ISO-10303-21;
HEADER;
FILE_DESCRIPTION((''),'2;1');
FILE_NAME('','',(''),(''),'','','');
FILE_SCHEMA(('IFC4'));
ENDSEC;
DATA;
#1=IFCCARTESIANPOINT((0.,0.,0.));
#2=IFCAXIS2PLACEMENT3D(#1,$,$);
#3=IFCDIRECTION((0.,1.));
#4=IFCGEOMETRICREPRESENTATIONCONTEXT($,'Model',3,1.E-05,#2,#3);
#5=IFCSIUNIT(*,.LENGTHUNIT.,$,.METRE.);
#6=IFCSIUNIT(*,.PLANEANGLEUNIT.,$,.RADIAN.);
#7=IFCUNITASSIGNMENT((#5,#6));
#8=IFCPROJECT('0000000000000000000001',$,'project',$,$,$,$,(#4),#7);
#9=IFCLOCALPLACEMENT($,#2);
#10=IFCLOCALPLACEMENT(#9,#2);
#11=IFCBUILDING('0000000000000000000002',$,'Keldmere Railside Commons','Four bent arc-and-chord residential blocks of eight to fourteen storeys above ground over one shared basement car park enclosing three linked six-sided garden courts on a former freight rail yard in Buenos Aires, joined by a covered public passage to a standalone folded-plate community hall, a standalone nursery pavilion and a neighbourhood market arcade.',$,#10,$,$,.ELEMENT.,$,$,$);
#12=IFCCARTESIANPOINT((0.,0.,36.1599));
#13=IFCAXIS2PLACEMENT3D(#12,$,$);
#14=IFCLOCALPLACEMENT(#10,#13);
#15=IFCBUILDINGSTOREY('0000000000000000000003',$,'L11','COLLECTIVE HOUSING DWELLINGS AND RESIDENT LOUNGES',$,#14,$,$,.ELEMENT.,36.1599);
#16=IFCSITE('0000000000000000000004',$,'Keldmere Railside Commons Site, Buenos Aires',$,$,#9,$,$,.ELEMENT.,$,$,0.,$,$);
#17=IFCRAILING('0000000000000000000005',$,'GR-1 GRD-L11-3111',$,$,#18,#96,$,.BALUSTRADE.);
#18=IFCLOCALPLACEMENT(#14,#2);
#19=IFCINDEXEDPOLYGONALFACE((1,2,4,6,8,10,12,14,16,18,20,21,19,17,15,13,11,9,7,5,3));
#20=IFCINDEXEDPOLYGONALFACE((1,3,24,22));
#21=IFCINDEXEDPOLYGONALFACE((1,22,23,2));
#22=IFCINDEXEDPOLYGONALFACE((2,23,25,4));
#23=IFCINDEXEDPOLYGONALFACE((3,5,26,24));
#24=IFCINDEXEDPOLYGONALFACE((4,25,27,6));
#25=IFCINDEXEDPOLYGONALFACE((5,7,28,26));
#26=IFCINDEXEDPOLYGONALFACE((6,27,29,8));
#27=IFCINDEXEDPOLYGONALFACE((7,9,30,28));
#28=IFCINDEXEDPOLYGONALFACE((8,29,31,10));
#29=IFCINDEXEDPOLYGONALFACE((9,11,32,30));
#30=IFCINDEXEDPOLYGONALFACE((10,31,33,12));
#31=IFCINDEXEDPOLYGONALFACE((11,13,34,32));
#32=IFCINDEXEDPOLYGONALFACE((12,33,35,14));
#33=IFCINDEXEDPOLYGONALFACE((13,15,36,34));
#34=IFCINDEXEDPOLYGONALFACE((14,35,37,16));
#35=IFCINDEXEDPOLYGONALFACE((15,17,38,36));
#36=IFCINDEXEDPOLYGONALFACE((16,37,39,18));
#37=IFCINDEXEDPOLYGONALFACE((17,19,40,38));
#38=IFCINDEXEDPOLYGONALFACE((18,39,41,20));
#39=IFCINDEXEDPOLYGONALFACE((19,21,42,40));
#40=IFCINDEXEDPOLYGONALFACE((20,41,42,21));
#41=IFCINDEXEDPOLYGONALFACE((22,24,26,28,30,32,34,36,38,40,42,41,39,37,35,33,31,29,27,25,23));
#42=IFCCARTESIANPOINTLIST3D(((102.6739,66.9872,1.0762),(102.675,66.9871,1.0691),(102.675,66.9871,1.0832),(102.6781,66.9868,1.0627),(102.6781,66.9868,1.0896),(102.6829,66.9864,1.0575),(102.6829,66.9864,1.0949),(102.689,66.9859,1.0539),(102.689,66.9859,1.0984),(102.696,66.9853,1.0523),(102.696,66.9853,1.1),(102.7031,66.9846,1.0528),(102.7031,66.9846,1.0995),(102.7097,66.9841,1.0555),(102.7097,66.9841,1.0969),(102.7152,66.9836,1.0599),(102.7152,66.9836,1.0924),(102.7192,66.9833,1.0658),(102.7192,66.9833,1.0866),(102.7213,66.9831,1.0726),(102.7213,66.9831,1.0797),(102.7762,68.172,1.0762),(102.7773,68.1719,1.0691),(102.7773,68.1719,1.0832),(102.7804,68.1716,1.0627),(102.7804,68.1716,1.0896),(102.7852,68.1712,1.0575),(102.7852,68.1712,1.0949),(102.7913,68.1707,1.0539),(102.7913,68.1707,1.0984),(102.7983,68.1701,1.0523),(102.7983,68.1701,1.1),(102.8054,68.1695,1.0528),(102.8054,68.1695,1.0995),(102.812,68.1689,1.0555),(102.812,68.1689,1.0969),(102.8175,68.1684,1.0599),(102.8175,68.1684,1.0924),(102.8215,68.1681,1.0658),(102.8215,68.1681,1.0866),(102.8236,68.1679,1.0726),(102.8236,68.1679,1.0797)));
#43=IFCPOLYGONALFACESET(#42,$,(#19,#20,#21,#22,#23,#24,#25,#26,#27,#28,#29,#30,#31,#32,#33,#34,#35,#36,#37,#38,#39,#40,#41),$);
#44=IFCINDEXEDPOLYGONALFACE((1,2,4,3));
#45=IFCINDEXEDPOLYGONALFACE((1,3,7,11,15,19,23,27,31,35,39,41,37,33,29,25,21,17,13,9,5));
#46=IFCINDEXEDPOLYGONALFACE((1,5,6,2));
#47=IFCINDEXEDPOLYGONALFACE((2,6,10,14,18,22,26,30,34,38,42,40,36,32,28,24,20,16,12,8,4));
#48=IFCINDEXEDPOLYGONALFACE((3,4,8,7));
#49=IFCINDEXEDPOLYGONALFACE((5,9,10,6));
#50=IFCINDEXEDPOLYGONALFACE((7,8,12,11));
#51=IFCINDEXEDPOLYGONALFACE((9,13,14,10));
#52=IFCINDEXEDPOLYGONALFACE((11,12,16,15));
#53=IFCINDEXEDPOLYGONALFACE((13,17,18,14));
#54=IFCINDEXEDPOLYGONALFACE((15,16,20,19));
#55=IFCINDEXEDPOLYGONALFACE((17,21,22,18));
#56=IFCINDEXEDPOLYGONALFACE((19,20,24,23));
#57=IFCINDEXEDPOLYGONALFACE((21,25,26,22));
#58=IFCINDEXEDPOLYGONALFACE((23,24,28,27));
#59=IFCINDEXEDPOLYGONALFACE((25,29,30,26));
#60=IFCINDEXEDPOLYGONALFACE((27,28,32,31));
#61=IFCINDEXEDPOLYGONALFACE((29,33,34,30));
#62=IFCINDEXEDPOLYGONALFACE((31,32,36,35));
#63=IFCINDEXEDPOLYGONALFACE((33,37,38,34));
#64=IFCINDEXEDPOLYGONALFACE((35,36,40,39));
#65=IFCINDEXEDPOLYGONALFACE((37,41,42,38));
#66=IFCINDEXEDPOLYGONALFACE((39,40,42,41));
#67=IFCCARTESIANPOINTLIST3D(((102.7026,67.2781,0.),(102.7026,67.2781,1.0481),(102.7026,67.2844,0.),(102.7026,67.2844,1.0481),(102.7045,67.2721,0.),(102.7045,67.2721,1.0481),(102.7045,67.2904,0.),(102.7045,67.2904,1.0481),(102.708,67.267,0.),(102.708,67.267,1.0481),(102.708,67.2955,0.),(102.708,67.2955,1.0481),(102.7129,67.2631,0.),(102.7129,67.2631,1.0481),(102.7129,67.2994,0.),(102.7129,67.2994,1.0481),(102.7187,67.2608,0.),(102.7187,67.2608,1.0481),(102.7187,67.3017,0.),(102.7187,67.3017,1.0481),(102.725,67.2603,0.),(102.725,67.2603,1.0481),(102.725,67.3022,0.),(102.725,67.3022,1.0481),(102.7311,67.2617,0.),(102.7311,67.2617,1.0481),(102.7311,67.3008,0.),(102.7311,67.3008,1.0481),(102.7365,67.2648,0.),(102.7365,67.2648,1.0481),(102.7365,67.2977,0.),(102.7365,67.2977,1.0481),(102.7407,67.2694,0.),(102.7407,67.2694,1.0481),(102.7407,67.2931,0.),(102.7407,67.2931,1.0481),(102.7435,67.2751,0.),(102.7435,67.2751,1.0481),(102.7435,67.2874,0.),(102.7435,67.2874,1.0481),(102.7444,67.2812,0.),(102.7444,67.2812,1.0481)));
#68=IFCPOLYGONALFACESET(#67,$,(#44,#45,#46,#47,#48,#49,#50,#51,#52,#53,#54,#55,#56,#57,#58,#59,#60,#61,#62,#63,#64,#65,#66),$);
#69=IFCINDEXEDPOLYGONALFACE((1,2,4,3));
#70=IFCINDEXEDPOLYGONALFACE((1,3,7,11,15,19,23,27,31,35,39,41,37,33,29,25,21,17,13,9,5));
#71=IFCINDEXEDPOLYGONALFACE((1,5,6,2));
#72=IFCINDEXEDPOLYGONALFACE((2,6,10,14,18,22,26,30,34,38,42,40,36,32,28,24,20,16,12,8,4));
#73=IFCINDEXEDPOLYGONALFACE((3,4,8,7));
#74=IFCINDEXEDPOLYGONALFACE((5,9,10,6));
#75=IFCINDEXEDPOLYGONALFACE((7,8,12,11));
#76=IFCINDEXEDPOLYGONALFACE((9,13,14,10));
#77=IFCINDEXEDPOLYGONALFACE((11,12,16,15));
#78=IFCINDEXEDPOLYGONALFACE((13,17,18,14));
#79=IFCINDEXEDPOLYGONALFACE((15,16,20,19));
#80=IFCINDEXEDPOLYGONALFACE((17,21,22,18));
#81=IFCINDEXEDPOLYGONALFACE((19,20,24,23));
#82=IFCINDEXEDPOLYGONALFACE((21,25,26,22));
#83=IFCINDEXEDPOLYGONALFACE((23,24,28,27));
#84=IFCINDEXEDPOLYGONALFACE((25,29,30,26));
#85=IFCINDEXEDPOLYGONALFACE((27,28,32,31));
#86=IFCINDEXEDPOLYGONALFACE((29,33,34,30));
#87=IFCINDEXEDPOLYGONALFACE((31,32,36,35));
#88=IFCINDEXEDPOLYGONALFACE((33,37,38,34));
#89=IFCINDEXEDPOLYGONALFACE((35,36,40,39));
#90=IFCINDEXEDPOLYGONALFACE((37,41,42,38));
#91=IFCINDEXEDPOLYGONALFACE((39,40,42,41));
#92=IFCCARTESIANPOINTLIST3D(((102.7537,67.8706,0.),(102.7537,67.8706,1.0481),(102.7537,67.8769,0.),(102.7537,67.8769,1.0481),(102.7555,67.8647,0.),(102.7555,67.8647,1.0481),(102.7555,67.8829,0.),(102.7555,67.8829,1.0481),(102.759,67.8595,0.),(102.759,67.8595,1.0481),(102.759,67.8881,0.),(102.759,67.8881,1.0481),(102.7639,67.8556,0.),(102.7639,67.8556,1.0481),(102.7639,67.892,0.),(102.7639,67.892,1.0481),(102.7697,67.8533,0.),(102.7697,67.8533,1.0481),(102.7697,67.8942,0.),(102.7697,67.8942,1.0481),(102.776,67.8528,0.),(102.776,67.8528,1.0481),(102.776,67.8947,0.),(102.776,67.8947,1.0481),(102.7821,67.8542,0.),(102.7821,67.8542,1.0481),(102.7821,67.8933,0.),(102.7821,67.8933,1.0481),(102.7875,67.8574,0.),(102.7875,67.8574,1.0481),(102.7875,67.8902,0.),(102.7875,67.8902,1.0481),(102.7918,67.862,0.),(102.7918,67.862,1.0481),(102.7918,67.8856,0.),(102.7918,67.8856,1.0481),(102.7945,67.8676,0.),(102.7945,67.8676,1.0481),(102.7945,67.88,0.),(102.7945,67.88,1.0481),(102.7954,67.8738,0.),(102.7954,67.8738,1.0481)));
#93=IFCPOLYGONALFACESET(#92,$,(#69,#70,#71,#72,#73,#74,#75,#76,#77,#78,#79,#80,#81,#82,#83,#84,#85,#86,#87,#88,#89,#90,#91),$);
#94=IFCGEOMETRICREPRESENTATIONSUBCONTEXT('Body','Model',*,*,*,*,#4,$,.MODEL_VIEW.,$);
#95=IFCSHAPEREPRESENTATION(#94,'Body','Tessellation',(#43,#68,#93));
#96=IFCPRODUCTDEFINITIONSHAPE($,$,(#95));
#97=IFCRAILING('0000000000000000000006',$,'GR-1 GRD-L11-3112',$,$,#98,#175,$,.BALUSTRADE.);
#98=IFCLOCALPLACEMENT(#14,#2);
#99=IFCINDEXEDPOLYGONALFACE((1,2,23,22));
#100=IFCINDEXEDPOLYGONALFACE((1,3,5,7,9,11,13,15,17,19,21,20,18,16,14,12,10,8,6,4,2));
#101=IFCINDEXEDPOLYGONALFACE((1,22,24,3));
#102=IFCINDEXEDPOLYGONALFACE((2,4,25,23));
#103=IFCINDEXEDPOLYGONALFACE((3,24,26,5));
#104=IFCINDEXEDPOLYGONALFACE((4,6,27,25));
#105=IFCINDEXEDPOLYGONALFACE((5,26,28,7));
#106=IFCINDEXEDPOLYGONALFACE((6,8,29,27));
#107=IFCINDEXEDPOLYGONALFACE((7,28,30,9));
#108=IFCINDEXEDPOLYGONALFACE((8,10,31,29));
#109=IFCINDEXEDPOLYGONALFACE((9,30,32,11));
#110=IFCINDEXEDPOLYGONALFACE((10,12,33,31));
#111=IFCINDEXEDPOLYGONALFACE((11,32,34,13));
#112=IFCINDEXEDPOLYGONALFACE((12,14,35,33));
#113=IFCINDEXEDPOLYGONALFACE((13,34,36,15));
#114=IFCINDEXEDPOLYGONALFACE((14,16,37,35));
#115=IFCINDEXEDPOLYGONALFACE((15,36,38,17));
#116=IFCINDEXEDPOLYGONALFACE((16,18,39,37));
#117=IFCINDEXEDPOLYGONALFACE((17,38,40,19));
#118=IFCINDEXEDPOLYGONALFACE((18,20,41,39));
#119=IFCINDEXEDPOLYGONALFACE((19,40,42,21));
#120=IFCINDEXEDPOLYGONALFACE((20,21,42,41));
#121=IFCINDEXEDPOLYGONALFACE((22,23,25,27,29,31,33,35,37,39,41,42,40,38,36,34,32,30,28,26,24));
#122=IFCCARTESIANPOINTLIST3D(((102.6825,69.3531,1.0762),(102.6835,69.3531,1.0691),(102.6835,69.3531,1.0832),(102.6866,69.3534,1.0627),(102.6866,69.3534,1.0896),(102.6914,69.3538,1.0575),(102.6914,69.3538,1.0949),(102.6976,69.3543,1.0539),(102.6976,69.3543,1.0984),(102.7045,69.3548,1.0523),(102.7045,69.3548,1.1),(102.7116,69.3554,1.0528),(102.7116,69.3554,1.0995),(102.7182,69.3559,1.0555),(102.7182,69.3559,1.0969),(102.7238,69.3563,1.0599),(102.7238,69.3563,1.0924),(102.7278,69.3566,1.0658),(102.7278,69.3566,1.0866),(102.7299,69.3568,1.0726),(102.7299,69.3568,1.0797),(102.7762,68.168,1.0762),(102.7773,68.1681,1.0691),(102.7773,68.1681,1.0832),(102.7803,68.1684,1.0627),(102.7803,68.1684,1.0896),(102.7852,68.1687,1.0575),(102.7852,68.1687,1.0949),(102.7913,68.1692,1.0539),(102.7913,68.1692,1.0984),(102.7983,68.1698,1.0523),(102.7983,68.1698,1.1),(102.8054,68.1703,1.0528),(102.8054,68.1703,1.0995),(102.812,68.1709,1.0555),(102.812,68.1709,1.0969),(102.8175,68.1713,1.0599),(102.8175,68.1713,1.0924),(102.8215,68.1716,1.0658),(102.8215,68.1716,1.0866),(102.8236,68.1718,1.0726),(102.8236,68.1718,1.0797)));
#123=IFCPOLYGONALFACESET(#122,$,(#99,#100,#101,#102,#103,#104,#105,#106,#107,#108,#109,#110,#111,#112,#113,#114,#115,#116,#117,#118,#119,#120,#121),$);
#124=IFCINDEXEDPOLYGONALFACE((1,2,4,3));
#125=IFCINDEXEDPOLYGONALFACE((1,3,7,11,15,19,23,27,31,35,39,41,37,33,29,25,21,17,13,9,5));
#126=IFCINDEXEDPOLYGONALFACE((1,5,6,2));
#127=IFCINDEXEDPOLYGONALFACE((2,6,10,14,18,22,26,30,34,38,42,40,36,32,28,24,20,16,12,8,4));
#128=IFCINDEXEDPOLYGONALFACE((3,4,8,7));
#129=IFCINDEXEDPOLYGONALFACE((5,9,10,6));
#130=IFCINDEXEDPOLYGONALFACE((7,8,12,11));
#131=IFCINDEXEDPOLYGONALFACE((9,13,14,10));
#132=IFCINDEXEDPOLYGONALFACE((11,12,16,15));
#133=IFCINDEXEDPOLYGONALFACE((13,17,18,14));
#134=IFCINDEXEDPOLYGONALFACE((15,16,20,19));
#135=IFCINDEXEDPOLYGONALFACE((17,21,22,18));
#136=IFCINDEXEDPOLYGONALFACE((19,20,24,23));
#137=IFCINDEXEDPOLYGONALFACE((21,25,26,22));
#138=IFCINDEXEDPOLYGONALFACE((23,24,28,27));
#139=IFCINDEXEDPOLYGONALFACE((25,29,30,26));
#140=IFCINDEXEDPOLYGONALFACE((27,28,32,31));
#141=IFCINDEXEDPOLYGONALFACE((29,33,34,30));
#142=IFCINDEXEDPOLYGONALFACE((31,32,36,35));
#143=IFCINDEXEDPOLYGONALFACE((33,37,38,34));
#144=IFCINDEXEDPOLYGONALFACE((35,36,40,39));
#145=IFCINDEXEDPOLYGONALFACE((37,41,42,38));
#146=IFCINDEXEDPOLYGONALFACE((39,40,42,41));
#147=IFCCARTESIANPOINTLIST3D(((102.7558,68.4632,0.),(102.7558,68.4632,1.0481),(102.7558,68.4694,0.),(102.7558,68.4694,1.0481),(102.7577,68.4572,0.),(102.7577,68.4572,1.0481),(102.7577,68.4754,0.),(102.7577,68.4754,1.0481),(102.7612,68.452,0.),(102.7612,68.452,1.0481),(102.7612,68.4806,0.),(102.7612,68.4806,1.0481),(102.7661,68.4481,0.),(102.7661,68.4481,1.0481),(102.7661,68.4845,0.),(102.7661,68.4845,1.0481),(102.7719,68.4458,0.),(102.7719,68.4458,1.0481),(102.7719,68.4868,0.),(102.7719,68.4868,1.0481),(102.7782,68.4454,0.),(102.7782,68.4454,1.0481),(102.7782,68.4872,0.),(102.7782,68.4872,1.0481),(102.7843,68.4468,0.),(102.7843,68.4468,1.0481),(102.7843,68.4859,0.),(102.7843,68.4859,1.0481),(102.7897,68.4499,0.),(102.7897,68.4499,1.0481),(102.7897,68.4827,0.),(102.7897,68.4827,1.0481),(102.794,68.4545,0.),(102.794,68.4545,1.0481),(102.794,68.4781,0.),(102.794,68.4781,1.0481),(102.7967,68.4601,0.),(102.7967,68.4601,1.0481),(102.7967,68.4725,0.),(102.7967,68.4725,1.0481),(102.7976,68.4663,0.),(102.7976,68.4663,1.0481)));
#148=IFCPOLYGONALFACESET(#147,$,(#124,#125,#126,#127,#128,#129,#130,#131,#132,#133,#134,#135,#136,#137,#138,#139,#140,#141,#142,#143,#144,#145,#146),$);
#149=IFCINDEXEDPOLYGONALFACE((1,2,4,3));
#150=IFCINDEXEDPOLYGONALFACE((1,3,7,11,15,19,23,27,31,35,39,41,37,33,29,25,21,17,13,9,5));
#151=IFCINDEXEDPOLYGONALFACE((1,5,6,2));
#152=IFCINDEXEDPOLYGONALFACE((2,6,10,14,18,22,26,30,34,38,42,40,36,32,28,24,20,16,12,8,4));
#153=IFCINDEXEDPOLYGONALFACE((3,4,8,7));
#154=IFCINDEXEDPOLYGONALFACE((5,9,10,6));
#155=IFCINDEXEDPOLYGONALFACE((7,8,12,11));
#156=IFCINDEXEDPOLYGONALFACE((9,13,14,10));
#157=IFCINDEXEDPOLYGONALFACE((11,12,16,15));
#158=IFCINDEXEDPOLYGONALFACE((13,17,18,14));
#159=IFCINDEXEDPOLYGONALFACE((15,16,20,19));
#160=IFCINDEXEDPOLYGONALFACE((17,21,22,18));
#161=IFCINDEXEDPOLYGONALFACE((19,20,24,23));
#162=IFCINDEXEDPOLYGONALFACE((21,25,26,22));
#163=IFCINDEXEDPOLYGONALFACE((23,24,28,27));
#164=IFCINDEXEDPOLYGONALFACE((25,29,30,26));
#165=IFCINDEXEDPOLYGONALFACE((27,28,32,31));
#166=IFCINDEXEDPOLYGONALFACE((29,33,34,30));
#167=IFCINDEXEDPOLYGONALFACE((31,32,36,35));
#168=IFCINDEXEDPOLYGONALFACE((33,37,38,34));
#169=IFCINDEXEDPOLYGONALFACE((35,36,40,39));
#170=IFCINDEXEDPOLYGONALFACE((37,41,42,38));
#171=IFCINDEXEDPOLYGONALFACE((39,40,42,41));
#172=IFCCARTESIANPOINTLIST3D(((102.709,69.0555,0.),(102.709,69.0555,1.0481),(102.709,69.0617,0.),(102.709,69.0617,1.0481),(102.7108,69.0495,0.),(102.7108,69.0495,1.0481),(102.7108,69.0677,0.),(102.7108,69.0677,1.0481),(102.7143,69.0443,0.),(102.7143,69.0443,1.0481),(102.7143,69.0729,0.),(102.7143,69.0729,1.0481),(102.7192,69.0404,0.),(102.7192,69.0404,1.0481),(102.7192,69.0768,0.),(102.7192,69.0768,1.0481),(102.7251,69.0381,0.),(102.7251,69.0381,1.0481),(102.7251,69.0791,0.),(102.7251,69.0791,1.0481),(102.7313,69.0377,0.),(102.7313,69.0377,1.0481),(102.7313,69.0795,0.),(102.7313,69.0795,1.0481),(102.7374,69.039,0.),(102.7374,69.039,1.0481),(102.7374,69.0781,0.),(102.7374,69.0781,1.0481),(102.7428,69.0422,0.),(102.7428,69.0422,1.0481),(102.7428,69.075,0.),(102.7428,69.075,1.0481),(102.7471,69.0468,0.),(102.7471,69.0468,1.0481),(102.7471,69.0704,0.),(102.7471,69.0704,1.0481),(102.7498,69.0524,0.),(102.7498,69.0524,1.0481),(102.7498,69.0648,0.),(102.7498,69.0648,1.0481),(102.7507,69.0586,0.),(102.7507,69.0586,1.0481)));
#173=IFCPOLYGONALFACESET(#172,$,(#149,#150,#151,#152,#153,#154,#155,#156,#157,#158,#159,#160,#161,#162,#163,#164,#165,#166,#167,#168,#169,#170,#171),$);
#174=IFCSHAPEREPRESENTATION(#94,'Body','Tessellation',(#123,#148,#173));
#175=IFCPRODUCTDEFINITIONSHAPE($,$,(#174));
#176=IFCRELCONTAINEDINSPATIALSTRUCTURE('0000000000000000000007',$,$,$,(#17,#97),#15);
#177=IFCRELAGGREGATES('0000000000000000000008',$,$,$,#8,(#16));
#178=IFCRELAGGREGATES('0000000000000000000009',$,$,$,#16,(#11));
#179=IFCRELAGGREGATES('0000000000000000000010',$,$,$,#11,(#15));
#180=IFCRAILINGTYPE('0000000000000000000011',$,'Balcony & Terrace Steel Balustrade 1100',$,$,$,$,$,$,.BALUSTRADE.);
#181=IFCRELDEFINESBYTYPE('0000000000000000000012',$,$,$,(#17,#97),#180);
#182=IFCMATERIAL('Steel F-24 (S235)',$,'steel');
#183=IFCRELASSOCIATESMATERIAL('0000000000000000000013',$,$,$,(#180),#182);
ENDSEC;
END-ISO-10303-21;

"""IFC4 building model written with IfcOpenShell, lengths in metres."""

from ifc_helpers import new_model, si_unit, direction, frame, origin, origin_2d, place, context, subcontext, project, spatial, circle, extrude, material, type_object, element, save


model = new_model("IFC4")

# Units and contexts
model_context = context("Model", 3, precision=1e-05, world=origin(), true_north=direction((0.0, 1.0)))
body_context = subcontext(model_context, "Body", "Model", "MODEL_VIEW")
ifc_project = project(units=[si_unit("LENGTHUNIT", "METRE"), si_unit("PLANEANGLEUNIT", "RADIAN")], contexts=[model_context])

# Site, building, storey
site_placement = place(None, origin())
site = spatial("IfcSite", under=ifc_project, at=site_placement, Name="Keldmere Railside Commons Site, Buenos Aires", CompositionType="ELEMENT", RefElevation=0.0)
building_placement = place(site_placement, origin())
building = spatial("IfcBuilding", under=site, at=building_placement, Name="Keldmere Railside Commons", Description="Four bent arc-and-chord residential blocks of eight to fourteen storeys above ground over one shared basement car park enclosing three linked six-sided garden courts on a former freight rail yard in Buenos Aires, joined by a covered public passage to a standalone folded-plate community hall, a standalone nursery pavilion and a neighbourhood market arcade.", CompositionType="ELEMENT")
storey_placement = place(building_placement, frame((0.0, 0.0, 36.1599)))
storey = spatial("IfcBuildingStorey", under=building, at=storey_placement, Name="L11", Description="COLLECTIVE HOUSING DWELLINGS AND RESIDENT LOUNGES", CompositionType="ELEMENT", Elevation=36.1599)

# Shared definitions
ifc_material_1 = material(Name="Steel F-24 (S235)", Category="steel")

# Railings
railing_type_1 = type_object("IfcRailingType", Name="Balcony & Terrace Steel Balustrade 1100", PredefinedType="BALUSTRADE", material=ifc_material_1)
railing_1_placement = place(storey_placement, frame((102.6978, 66.9851, 0.0)))
element("IfcRailing", 1, at=railing_1_placement, inside=storey, type_object=railing_type_1, Name="GR-1 GRD-L11-3111", PredefinedType="BALUSTRADE", context=body_context, shape_type="SweptSolid", body=[
    extrude(circle(Radius=0.0239, at=origin_2d()), frame((0.0, 0.0, 1.0762), z_axis=(0.086018, 0.996294, 0.0), x_axis=(-0.996294, 0.086018, 0.0)), (0.0, 0.0, 1.0), 1.1892),
    extrude(circle(Radius=0.021, at=origin_2d()), frame((0.0256, 0.2961, 0.0)), (0.0, 0.0, 1.0), 1.0481),
    extrude(circle(Radius=0.021, at=origin_2d()), frame((0.0767, 0.8887, 0.0)), (0.0, 0.0, 1.0), 1.0481),
])
railing_2_placement = place(storey_placement, frame((102.8, 68.1699, 0.0)))
element("IfcRailing", 2, at=railing_2_placement, inside=storey, type_object=railing_type_1, Name="GR-1 GRD-L11-3112", PredefinedType="BALUSTRADE", context=body_context, shape_type="SweptSolid", body=[
    extrude(circle(Radius=0.0239, at=origin_2d()), frame((0.0, 0.0, 1.0762), z_axis=(-0.078864, 0.996885, 0.0), x_axis=(-0.996885, -0.078864, 0.0)), (0.0, 0.0, 1.0), 1.1887),
    extrude(circle(Radius=0.021, at=origin_2d()), frame((-0.0234, 0.2964, 0.0)), (0.0, 0.0, 1.0), 1.0481),
    extrude(circle(Radius=0.021, at=origin_2d()), frame((-0.0703, 0.8887, 0.0)), (0.0, 0.0, 1.0), 1.0481),
])

save(model, "model.ifc")
